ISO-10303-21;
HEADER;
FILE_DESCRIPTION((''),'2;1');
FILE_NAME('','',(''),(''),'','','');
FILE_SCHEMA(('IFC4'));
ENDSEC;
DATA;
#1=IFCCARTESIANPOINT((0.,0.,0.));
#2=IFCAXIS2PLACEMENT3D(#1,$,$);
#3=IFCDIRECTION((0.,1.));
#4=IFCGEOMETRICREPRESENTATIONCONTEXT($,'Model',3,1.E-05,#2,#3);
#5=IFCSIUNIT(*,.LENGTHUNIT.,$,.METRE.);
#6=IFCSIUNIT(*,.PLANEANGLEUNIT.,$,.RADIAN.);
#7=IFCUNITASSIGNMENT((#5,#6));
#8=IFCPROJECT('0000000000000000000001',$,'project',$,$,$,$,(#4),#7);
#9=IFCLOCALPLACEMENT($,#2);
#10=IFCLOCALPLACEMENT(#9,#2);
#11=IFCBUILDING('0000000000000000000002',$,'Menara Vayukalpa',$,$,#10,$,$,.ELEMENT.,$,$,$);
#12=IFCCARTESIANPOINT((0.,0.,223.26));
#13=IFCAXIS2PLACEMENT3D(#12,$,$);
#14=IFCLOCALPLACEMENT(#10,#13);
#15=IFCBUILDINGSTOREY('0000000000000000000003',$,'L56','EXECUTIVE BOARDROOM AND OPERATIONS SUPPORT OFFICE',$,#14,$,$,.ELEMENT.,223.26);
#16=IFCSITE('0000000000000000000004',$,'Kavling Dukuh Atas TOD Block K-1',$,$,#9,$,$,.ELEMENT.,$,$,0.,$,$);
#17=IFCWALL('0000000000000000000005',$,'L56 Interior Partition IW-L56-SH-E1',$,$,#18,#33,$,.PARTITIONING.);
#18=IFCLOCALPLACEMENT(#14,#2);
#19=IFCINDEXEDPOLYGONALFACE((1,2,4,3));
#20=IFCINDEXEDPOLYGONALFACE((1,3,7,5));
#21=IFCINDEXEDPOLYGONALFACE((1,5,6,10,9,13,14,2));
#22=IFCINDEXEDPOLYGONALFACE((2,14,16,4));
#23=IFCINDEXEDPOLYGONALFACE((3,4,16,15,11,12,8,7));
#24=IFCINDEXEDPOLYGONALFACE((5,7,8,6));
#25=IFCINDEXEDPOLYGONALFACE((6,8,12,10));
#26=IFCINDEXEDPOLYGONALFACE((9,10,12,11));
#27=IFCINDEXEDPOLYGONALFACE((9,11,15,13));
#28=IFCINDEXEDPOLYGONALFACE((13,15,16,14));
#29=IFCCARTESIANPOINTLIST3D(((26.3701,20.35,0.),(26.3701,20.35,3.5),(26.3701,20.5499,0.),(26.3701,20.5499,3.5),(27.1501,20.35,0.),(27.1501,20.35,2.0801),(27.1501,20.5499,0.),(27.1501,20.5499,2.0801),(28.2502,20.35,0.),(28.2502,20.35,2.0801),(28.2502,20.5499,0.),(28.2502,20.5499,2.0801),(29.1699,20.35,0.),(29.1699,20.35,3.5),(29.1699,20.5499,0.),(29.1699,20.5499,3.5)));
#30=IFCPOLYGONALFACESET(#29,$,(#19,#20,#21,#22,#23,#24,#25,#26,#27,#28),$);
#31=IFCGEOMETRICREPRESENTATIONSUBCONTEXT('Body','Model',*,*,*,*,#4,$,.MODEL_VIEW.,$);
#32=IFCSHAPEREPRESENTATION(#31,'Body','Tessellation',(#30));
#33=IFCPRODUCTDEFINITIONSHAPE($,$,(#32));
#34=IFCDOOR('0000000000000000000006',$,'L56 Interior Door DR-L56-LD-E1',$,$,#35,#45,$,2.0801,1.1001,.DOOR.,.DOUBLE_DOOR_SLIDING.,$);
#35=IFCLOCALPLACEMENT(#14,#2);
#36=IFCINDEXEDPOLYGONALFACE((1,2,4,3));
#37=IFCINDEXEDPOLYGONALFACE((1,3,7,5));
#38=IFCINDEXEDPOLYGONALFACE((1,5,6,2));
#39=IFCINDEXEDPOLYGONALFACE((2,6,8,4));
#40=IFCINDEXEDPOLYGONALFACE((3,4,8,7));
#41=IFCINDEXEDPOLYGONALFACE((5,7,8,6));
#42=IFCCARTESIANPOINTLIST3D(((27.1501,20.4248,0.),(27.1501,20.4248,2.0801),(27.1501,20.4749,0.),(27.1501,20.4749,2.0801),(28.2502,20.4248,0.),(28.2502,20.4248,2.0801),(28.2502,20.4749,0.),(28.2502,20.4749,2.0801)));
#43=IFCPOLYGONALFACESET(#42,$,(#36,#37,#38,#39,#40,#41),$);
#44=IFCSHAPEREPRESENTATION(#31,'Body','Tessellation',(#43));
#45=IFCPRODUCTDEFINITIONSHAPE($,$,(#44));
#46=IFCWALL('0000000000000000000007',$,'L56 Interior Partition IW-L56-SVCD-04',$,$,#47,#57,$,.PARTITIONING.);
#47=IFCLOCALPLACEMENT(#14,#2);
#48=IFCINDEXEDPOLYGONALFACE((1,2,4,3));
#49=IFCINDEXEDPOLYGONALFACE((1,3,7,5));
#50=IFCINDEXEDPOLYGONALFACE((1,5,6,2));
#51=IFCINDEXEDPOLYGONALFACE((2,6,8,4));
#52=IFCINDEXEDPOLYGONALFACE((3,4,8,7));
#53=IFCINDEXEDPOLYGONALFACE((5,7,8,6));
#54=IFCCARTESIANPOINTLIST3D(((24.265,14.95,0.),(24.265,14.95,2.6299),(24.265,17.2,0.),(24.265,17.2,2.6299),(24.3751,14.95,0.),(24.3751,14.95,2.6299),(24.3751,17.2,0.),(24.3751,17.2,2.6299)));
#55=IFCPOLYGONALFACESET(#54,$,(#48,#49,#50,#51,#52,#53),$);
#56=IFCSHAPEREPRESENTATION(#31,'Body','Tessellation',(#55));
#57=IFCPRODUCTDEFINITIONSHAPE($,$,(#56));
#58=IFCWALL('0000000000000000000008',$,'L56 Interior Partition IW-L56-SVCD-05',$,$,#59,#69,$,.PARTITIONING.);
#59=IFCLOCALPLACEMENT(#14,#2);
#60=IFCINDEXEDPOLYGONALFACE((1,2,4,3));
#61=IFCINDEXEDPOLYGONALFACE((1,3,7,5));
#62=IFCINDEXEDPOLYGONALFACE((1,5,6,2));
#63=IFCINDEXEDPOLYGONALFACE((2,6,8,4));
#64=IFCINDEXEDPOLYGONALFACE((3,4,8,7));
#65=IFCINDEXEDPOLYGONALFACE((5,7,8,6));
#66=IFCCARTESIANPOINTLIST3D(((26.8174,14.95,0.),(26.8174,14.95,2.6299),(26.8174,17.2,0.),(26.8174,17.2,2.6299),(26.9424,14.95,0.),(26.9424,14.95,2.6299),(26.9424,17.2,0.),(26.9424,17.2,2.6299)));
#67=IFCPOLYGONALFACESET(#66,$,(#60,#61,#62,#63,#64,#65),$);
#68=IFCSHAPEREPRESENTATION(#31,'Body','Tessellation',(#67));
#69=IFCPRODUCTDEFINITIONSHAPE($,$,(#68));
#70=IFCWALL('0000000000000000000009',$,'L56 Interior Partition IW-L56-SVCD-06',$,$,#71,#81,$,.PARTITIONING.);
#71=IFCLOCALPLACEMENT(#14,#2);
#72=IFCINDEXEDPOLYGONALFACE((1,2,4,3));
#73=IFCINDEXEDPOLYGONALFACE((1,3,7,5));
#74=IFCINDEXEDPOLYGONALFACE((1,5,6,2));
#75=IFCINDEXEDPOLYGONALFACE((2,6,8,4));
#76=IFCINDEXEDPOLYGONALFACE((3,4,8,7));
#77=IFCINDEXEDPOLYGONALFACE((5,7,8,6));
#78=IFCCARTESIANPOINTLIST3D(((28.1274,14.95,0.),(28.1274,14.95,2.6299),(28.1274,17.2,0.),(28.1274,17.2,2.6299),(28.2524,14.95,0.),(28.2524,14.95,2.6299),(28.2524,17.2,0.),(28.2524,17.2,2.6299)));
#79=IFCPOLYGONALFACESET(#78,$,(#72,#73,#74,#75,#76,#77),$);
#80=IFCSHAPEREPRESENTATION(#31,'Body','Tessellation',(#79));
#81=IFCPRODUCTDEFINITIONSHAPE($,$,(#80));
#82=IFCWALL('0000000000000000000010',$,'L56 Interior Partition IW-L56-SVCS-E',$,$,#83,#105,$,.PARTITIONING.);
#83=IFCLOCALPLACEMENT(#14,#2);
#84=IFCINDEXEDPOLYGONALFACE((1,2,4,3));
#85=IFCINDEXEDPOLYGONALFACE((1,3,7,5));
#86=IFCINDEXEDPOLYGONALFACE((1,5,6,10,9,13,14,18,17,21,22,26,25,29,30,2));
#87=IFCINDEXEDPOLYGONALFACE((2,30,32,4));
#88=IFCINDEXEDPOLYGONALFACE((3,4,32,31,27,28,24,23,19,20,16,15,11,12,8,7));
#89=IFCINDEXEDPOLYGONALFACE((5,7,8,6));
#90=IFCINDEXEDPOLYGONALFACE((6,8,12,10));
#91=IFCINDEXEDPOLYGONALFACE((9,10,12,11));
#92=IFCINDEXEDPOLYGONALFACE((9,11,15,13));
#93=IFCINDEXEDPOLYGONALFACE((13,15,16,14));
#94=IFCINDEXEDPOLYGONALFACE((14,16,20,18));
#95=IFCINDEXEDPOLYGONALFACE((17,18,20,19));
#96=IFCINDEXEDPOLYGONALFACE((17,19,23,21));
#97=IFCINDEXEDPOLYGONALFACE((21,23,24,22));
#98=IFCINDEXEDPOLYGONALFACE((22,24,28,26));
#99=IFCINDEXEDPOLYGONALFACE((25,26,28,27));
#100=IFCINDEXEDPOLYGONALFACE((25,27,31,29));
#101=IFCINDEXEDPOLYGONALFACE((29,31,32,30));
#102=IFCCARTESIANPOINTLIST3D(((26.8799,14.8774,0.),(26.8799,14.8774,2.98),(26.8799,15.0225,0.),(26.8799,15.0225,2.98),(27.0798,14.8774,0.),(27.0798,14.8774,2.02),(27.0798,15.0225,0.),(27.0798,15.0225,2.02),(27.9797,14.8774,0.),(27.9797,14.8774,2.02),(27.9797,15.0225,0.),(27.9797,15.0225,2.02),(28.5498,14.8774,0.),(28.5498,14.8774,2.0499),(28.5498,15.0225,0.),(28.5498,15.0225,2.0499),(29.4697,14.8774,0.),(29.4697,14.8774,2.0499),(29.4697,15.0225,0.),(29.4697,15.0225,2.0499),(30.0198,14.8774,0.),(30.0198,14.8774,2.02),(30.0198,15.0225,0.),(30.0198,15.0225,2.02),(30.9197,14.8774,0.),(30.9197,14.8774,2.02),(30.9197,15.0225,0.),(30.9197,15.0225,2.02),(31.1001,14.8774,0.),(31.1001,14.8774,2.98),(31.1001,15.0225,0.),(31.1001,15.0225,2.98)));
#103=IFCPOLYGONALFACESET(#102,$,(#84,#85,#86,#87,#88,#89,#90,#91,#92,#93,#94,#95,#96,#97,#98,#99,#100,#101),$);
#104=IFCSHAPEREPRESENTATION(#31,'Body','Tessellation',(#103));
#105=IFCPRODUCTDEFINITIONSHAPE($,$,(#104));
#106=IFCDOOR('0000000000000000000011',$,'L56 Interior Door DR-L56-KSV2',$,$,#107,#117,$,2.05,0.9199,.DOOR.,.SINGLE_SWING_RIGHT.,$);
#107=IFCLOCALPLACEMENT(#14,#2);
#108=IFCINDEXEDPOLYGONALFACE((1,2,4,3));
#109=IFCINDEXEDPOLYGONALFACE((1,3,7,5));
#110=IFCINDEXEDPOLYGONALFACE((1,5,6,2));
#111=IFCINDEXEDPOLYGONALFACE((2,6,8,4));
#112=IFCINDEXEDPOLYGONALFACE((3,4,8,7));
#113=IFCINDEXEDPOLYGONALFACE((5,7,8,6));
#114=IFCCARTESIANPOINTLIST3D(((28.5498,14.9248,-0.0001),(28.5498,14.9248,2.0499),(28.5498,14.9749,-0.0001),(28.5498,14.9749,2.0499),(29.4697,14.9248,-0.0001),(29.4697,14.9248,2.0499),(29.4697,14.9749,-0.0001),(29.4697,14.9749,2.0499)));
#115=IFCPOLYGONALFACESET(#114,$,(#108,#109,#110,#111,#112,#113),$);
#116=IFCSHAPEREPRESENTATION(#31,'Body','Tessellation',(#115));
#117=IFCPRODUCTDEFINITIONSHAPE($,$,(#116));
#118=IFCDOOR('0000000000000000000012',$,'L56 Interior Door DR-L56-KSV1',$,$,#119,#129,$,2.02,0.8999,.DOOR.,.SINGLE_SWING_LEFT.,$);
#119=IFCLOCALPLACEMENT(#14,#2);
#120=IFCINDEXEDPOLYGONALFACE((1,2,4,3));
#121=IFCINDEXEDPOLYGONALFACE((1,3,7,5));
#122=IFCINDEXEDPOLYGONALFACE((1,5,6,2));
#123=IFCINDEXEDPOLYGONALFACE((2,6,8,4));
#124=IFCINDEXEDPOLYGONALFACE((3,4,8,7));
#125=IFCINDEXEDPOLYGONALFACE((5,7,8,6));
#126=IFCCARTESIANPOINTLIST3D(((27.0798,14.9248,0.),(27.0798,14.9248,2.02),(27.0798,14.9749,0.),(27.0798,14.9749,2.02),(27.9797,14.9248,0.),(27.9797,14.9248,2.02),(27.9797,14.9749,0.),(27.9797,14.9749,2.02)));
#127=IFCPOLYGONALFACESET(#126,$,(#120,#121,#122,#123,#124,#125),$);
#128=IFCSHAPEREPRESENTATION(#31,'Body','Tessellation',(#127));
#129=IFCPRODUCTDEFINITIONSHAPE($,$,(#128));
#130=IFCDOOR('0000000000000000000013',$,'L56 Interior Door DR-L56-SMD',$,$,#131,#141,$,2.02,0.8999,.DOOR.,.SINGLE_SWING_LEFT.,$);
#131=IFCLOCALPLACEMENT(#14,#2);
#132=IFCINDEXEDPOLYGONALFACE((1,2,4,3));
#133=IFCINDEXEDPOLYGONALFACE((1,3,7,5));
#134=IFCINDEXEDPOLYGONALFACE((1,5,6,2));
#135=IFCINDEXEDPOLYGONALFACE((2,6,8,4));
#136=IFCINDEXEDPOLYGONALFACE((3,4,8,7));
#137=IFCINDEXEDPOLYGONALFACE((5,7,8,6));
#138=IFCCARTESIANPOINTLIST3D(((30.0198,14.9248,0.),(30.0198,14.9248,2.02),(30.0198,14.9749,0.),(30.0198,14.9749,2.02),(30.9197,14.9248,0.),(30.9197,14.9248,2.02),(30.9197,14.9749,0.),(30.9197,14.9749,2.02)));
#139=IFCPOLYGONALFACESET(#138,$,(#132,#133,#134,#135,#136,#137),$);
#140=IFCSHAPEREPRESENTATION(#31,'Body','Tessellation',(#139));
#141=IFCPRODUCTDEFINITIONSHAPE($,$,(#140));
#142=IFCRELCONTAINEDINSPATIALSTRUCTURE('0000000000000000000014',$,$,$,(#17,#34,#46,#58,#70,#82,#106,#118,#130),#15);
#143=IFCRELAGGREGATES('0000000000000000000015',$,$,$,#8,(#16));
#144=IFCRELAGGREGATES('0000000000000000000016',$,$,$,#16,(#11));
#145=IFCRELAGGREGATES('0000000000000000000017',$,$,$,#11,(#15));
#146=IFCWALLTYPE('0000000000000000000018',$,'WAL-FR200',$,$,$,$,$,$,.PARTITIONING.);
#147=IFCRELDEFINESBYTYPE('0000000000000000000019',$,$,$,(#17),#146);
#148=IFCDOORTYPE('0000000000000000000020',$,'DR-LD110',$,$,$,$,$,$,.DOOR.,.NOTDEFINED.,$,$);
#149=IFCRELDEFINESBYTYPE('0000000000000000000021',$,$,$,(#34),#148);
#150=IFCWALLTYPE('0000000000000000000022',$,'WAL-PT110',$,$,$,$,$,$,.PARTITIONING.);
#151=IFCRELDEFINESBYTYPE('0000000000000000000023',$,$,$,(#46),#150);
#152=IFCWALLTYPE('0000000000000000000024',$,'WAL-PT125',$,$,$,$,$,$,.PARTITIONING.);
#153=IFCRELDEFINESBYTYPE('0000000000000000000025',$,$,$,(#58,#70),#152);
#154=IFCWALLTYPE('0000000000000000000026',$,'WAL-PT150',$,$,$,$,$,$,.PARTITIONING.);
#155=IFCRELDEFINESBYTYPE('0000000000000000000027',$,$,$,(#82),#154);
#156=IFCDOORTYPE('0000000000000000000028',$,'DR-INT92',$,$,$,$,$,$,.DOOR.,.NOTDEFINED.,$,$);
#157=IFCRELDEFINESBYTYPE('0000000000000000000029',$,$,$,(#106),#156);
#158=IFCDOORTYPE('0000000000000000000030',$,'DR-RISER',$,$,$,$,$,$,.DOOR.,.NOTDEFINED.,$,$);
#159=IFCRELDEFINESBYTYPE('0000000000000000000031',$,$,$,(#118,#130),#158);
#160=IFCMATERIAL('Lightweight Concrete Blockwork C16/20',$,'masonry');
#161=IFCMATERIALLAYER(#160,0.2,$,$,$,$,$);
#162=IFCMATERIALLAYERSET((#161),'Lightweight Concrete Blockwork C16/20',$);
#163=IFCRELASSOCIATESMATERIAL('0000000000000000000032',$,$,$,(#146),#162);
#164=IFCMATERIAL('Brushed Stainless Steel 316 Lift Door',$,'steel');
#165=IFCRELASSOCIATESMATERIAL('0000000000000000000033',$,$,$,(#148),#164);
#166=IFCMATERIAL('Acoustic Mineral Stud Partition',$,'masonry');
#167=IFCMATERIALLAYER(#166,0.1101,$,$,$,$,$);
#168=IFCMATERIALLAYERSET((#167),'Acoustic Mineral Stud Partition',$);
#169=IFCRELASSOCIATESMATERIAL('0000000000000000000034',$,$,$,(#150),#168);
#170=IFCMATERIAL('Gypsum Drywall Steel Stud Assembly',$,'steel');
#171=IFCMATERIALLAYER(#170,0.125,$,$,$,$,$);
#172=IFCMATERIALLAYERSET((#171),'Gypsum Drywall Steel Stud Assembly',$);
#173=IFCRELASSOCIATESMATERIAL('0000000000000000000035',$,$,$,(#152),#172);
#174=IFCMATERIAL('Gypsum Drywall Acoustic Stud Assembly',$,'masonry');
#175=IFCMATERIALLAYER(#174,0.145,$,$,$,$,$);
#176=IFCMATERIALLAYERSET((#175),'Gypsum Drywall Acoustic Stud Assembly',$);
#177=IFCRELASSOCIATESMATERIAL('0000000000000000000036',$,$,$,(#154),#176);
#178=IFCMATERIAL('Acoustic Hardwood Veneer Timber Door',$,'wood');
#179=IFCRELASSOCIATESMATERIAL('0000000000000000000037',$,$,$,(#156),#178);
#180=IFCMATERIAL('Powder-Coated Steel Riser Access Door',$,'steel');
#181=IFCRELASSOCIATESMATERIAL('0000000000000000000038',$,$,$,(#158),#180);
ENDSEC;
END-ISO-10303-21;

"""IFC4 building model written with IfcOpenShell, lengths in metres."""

from ifc_helpers import new_model, si_unit, direction, frame, frame_2d, origin, place, context, subcontext, project, spatial, rectangle, extrude, material, layer, layer_set, type_object, element, fill, save


model = new_model("IFC4")

# Units and contexts
model_context = context("Model", 3, precision=1e-05, world=origin(), true_north=direction((0.0, 1.0)))
body_context = subcontext(model_context, "Body", "Model", "MODEL_VIEW")
ifc_project = project(units=[si_unit("LENGTHUNIT", "METRE"), si_unit("PLANEANGLEUNIT", "RADIAN")], contexts=[model_context])

# Site, building, storey
site_placement = place(None, origin())
site = spatial("IfcSite", under=ifc_project, at=site_placement, Name="Kavling Dukuh Atas TOD Block K-1", CompositionType="ELEMENT", RefElevation=0.0)
building_placement = place(site_placement, origin())
building = spatial("IfcBuilding", under=site, at=building_placement, Name="Menara Vayukalpa", CompositionType="ELEMENT")
storey_placement = place(building_placement, frame((0.0, 0.0, 223.26)))
storey = spatial("IfcBuildingStorey", under=building, at=storey_placement, Name="L56", Description="EXECUTIVE BOARDROOM AND OPERATIONS SUPPORT OFFICE", CompositionType="ELEMENT", Elevation=223.26)

# Wall, opening, door
ifc_material_1 = material(Name="Lightweight Concrete Blockwork C16/20", Category="masonry")
ifc_layer_1 = layer(ifc_material_1, 0.2)
ifc_layer_set_1 = layer_set([ifc_layer_1], Name="Lightweight Concrete Blockwork C16/20")
wall_type_1 = type_object("IfcWallType", Name="WAL-FR200", PredefinedType="PARTITIONING", material=ifc_layer_set_1)
wall_1_placement = place(storey_placement, frame((26.3701, 20.45, 0.0), z_axis=(0.0, 0.0, 1.0), x_axis=(1.0, 0.0, 0.0)))
wall_1 = element("IfcWall", 1, at=wall_1_placement, inside=storey, type_object=wall_type_1, Name="L56 Interior Partition IW-L56-SH-E1", PredefinedType="PARTITIONING", context=body_context, shape_type="SweptSolid", body=[
    extrude(rectangle(XDim=2.7998, YDim=0.2, at=frame_2d((1.3999, 0.0))), origin(), (0.0, 0.0, 1.0), 3.5),
])
opening_1_placement = place(wall_1_placement, frame((0.78, 0.0, 0.0)))
opening_1 = element("IfcOpeningElement", 2, at=opening_1_placement, cuts=wall_1, PredefinedType="OPENING", context=body_context, shape_type="SweptSolid", body=[
    extrude(rectangle(XDim=1.1001, YDim=2.0801, at=frame_2d((0.55, 1.04))), frame((0.0, 0.1099, 0.0), z_axis=(0.0, -1.0, 0.0), x_axis=(1.0, 0.0, 0.0)), (0.0, 0.0, 1.0), 0.22),
])
ifc_material_2 = material(Name="Brushed Stainless Steel 316 Lift Door", Category="steel")
door_type_1 = type_object("IfcDoorType", Name="DR-LD110", OperationType="NOTDEFINED", PredefinedType="DOOR", material=ifc_material_2)
door_1_placement = place(opening_1_placement, origin())
door_1 = element("IfcDoor", 3, at=door_1_placement, inside=storey, type_object=door_type_1, Name="L56 Interior Door DR-L56-LD-E1", OperationType="DOUBLE_DOOR_SLIDING", OverallHeight=2.0801, OverallWidth=1.1001, PredefinedType="DOOR", context=body_context, shape_type="SweptSolid", body=[
    extrude(rectangle(XDim=1.1001, YDim=2.0801, at=frame_2d((0.55, 1.04))), frame((0.0, 0.0249, 0.0), z_axis=(0.0, -1.0, 0.0), x_axis=(1.0, 0.0, 0.0)), (0.0, 0.0, 1.0), 0.05),
])
fill(opening_1, door_1)

# Walls
ifc_material_3 = material(Name="Acoustic Mineral Stud Partition", Category="masonry")
ifc_layer_2 = layer(ifc_material_3, 0.1101)
ifc_layer_set_2 = layer_set([ifc_layer_2], Name="Acoustic Mineral Stud Partition")
wall_type_2 = type_object("IfcWallType", Name="WAL-PT110", PredefinedType="PARTITIONING", material=ifc_layer_set_2)
wall_2_placement = place(storey_placement, frame((24.3201, 14.95, 0.0), z_axis=(0.0, 0.0, 1.0), x_axis=(0.0, 1.0, 0.0)))
element("IfcWall", 4, at=wall_2_placement, inside=storey, type_object=wall_type_2, Name="L56 Interior Partition IW-L56-SVCD-04", PredefinedType="PARTITIONING", context=body_context, shape_type="SweptSolid", body=[
    extrude(rectangle(XDim=2.25, YDim=0.1101, at=frame_2d((1.125, 0.0))), origin(), (0.0, 0.0, 1.0), 2.6299),
])
ifc_material_4 = material(Name="Gypsum Drywall Steel Stud Assembly", Category="steel")
ifc_layer_3 = layer(ifc_material_4, 0.125)
ifc_layer_set_3 = layer_set([ifc_layer_3], Name="Gypsum Drywall Steel Stud Assembly")
wall_type_3 = type_object("IfcWallType", Name="WAL-PT125", PredefinedType="PARTITIONING", material=ifc_layer_set_3)
for number, where, z_axis, x_axis, name in (
    (5, (26.8799, 14.95, 0.0), (0.0, 0.0, 1.0), (0.0, 1.0, 0.0), "L56 Interior Partition IW-L56-SVCD-05"),
    (6, (28.1899, 14.95, 0.0), (0.0, 0.0, 1.0), (0.0, 1.0, 0.0), "L56 Interior Partition IW-L56-SVCD-06"),
):
    element("IfcWall", number, at=place(storey_placement, frame(where, z_axis=z_axis, x_axis=x_axis)), inside=storey, type_object=wall_type_3, Name=name, PredefinedType="PARTITIONING", context=body_context, shape_type="SweptSolid", body=[
        extrude(rectangle(XDim=2.25, YDim=0.125, at=frame_2d((1.125, 0.0))), origin(), (0.0, 0.0, 1.0), 2.6299),
    ])

# Wall, openings, doors
ifc_material_5 = material(Name="Gypsum Drywall Acoustic Stud Assembly", Category="masonry")
ifc_layer_4 = layer(ifc_material_5, 0.145)
ifc_layer_set_4 = layer_set([ifc_layer_4], Name="Gypsum Drywall Acoustic Stud Assembly")
wall_type_4 = type_object("IfcWallType", Name="WAL-PT150", PredefinedType="PARTITIONING", material=ifc_layer_set_4)
wall_3_placement = place(storey_placement, frame((26.8799, 14.95, 0.0), z_axis=(0.0, 0.0, 1.0), x_axis=(1.0, 0.0, 0.0)))
wall_3 = element("IfcWall", 7, at=wall_3_placement, inside=storey, type_object=wall_type_4, Name="L56 Interior Partition IW-L56-SVCS-E", PredefinedType="PARTITIONING", context=body_context, shape_type="SweptSolid", body=[
    extrude(rectangle(XDim=4.2202, YDim=0.145, at=frame_2d((2.1101, 0.0))), origin(), (0.0, 0.0, 1.0), 2.98),
])
opening_2_placement = place(wall_3_placement, frame((0.2, 0.0, 0.0)))
opening_2 = element("IfcOpeningElement", 8, at=opening_2_placement, cuts=wall_3, PredefinedType="OPENING", context=body_context, shape_type="SweptSolid", body=[
    extrude(rectangle(XDim=0.8999, YDim=2.02, at=frame_2d((0.45, 1.01))), frame((0.0, 0.0825, 0.0), z_axis=(0.0, -1.0, 0.0), x_axis=(1.0, 0.0, 0.0)), (0.0, 0.0, 1.0), 0.165),
])
opening_3_placement = place(wall_3_placement, frame((1.6699, 0.0, 0.0)))
opening_3 = element("IfcOpeningElement", 9, at=opening_3_placement, cuts=wall_3, PredefinedType="OPENING", context=body_context, shape_type="SweptSolid", body=[
    extrude(rectangle(XDim=0.9199, YDim=2.05, at=frame_2d((0.46, 1.0249))), frame((0.0, 0.0825, 0.0), z_axis=(0.0, -1.0, 0.0), x_axis=(1.0, 0.0, 0.0)), (0.0, 0.0, 1.0), 0.165),
])
opening_4_placement = place(wall_3_placement, frame((3.1399, 0.0, 0.0)))
opening_4 = element("IfcOpeningElement", 10, at=opening_4_placement, cuts=wall_3, PredefinedType="OPENING", context=body_context, shape_type="SweptSolid", body=[
    extrude(rectangle(XDim=0.8999, YDim=2.02, at=frame_2d((0.45, 1.01))), frame((0.0, 0.0825, 0.0), z_axis=(0.0, -1.0, 0.0), x_axis=(1.0, 0.0, 0.0)), (0.0, 0.0, 1.0), 0.165),
])
ifc_material_6 = material(Name="Acoustic Hardwood Veneer Timber Door", Category="wood")
door_type_2 = type_object("IfcDoorType", Name="DR-INT92", OperationType="NOTDEFINED", PredefinedType="DOOR", material=ifc_material_6)
door_2_placement = place(opening_3_placement, origin())
door_2 = element("IfcDoor", 11, at=door_2_placement, inside=storey, type_object=door_type_2, Name="L56 Interior Door DR-L56-KSV2", OperationType="SINGLE_SWING_RIGHT", OverallHeight=2.05, OverallWidth=0.9199, PredefinedType="DOOR", context=body_context, shape_type="SweptSolid", body=[
    extrude(rectangle(XDim=0.9199, YDim=2.05, at=frame_2d((0.46, 1.0249))), frame((0.0, 0.0249, 0.0), z_axis=(0.0, -1.0, 0.0), x_axis=(1.0, 0.0, 0.0)), (0.0, 0.0, 1.0), 0.05),
])
fill(opening_3, door_2)
ifc_material_7 = material(Name="Powder-Coated Steel Riser Access Door", Category="steel")
door_type_3 = type_object("IfcDoorType", Name="DR-RISER", OperationType="NOTDEFINED", PredefinedType="DOOR", material=ifc_material_7)
door_3_placement = place(opening_2_placement, origin())
door_3 = element("IfcDoor", 12, at=door_3_placement, inside=storey, type_object=door_type_3, Name="L56 Interior Door DR-L56-KSV1", OperationType="SINGLE_SWING_LEFT", OverallHeight=2.02, OverallWidth=0.8999, PredefinedType="DOOR", context=body_context, shape_type="SweptSolid", body=[
    extrude(rectangle(XDim=0.8999, YDim=2.02, at=frame_2d((0.45, 1.01))), frame((0.0, 0.0249, 0.0), z_axis=(0.0, -1.0, 0.0), x_axis=(1.0, 0.0, 0.0)), (0.0, 0.0, 1.0), 0.05),
])
fill(opening_2, door_3)
door_4_placement = place(opening_4_placement, origin())
door_4 = element("IfcDoor", 13, at=door_4_placement, inside=storey, type_object=door_type_3, Name="L56 Interior Door DR-L56-SMD", OperationType="SINGLE_SWING_LEFT", OverallHeight=2.02, OverallWidth=0.8999, PredefinedType="DOOR", context=body_context, shape_type="SweptSolid", body=[
    extrude(rectangle(XDim=0.8999, YDim=2.02, at=frame_2d((0.45, 1.01))), frame((0.0, 0.0249, 0.0), z_axis=(0.0, -1.0, 0.0), x_axis=(1.0, 0.0, 0.0)), (0.0, 0.0, 1.0), 0.05),
])
fill(opening_4, door_4)

save(model, "model.ifc")
